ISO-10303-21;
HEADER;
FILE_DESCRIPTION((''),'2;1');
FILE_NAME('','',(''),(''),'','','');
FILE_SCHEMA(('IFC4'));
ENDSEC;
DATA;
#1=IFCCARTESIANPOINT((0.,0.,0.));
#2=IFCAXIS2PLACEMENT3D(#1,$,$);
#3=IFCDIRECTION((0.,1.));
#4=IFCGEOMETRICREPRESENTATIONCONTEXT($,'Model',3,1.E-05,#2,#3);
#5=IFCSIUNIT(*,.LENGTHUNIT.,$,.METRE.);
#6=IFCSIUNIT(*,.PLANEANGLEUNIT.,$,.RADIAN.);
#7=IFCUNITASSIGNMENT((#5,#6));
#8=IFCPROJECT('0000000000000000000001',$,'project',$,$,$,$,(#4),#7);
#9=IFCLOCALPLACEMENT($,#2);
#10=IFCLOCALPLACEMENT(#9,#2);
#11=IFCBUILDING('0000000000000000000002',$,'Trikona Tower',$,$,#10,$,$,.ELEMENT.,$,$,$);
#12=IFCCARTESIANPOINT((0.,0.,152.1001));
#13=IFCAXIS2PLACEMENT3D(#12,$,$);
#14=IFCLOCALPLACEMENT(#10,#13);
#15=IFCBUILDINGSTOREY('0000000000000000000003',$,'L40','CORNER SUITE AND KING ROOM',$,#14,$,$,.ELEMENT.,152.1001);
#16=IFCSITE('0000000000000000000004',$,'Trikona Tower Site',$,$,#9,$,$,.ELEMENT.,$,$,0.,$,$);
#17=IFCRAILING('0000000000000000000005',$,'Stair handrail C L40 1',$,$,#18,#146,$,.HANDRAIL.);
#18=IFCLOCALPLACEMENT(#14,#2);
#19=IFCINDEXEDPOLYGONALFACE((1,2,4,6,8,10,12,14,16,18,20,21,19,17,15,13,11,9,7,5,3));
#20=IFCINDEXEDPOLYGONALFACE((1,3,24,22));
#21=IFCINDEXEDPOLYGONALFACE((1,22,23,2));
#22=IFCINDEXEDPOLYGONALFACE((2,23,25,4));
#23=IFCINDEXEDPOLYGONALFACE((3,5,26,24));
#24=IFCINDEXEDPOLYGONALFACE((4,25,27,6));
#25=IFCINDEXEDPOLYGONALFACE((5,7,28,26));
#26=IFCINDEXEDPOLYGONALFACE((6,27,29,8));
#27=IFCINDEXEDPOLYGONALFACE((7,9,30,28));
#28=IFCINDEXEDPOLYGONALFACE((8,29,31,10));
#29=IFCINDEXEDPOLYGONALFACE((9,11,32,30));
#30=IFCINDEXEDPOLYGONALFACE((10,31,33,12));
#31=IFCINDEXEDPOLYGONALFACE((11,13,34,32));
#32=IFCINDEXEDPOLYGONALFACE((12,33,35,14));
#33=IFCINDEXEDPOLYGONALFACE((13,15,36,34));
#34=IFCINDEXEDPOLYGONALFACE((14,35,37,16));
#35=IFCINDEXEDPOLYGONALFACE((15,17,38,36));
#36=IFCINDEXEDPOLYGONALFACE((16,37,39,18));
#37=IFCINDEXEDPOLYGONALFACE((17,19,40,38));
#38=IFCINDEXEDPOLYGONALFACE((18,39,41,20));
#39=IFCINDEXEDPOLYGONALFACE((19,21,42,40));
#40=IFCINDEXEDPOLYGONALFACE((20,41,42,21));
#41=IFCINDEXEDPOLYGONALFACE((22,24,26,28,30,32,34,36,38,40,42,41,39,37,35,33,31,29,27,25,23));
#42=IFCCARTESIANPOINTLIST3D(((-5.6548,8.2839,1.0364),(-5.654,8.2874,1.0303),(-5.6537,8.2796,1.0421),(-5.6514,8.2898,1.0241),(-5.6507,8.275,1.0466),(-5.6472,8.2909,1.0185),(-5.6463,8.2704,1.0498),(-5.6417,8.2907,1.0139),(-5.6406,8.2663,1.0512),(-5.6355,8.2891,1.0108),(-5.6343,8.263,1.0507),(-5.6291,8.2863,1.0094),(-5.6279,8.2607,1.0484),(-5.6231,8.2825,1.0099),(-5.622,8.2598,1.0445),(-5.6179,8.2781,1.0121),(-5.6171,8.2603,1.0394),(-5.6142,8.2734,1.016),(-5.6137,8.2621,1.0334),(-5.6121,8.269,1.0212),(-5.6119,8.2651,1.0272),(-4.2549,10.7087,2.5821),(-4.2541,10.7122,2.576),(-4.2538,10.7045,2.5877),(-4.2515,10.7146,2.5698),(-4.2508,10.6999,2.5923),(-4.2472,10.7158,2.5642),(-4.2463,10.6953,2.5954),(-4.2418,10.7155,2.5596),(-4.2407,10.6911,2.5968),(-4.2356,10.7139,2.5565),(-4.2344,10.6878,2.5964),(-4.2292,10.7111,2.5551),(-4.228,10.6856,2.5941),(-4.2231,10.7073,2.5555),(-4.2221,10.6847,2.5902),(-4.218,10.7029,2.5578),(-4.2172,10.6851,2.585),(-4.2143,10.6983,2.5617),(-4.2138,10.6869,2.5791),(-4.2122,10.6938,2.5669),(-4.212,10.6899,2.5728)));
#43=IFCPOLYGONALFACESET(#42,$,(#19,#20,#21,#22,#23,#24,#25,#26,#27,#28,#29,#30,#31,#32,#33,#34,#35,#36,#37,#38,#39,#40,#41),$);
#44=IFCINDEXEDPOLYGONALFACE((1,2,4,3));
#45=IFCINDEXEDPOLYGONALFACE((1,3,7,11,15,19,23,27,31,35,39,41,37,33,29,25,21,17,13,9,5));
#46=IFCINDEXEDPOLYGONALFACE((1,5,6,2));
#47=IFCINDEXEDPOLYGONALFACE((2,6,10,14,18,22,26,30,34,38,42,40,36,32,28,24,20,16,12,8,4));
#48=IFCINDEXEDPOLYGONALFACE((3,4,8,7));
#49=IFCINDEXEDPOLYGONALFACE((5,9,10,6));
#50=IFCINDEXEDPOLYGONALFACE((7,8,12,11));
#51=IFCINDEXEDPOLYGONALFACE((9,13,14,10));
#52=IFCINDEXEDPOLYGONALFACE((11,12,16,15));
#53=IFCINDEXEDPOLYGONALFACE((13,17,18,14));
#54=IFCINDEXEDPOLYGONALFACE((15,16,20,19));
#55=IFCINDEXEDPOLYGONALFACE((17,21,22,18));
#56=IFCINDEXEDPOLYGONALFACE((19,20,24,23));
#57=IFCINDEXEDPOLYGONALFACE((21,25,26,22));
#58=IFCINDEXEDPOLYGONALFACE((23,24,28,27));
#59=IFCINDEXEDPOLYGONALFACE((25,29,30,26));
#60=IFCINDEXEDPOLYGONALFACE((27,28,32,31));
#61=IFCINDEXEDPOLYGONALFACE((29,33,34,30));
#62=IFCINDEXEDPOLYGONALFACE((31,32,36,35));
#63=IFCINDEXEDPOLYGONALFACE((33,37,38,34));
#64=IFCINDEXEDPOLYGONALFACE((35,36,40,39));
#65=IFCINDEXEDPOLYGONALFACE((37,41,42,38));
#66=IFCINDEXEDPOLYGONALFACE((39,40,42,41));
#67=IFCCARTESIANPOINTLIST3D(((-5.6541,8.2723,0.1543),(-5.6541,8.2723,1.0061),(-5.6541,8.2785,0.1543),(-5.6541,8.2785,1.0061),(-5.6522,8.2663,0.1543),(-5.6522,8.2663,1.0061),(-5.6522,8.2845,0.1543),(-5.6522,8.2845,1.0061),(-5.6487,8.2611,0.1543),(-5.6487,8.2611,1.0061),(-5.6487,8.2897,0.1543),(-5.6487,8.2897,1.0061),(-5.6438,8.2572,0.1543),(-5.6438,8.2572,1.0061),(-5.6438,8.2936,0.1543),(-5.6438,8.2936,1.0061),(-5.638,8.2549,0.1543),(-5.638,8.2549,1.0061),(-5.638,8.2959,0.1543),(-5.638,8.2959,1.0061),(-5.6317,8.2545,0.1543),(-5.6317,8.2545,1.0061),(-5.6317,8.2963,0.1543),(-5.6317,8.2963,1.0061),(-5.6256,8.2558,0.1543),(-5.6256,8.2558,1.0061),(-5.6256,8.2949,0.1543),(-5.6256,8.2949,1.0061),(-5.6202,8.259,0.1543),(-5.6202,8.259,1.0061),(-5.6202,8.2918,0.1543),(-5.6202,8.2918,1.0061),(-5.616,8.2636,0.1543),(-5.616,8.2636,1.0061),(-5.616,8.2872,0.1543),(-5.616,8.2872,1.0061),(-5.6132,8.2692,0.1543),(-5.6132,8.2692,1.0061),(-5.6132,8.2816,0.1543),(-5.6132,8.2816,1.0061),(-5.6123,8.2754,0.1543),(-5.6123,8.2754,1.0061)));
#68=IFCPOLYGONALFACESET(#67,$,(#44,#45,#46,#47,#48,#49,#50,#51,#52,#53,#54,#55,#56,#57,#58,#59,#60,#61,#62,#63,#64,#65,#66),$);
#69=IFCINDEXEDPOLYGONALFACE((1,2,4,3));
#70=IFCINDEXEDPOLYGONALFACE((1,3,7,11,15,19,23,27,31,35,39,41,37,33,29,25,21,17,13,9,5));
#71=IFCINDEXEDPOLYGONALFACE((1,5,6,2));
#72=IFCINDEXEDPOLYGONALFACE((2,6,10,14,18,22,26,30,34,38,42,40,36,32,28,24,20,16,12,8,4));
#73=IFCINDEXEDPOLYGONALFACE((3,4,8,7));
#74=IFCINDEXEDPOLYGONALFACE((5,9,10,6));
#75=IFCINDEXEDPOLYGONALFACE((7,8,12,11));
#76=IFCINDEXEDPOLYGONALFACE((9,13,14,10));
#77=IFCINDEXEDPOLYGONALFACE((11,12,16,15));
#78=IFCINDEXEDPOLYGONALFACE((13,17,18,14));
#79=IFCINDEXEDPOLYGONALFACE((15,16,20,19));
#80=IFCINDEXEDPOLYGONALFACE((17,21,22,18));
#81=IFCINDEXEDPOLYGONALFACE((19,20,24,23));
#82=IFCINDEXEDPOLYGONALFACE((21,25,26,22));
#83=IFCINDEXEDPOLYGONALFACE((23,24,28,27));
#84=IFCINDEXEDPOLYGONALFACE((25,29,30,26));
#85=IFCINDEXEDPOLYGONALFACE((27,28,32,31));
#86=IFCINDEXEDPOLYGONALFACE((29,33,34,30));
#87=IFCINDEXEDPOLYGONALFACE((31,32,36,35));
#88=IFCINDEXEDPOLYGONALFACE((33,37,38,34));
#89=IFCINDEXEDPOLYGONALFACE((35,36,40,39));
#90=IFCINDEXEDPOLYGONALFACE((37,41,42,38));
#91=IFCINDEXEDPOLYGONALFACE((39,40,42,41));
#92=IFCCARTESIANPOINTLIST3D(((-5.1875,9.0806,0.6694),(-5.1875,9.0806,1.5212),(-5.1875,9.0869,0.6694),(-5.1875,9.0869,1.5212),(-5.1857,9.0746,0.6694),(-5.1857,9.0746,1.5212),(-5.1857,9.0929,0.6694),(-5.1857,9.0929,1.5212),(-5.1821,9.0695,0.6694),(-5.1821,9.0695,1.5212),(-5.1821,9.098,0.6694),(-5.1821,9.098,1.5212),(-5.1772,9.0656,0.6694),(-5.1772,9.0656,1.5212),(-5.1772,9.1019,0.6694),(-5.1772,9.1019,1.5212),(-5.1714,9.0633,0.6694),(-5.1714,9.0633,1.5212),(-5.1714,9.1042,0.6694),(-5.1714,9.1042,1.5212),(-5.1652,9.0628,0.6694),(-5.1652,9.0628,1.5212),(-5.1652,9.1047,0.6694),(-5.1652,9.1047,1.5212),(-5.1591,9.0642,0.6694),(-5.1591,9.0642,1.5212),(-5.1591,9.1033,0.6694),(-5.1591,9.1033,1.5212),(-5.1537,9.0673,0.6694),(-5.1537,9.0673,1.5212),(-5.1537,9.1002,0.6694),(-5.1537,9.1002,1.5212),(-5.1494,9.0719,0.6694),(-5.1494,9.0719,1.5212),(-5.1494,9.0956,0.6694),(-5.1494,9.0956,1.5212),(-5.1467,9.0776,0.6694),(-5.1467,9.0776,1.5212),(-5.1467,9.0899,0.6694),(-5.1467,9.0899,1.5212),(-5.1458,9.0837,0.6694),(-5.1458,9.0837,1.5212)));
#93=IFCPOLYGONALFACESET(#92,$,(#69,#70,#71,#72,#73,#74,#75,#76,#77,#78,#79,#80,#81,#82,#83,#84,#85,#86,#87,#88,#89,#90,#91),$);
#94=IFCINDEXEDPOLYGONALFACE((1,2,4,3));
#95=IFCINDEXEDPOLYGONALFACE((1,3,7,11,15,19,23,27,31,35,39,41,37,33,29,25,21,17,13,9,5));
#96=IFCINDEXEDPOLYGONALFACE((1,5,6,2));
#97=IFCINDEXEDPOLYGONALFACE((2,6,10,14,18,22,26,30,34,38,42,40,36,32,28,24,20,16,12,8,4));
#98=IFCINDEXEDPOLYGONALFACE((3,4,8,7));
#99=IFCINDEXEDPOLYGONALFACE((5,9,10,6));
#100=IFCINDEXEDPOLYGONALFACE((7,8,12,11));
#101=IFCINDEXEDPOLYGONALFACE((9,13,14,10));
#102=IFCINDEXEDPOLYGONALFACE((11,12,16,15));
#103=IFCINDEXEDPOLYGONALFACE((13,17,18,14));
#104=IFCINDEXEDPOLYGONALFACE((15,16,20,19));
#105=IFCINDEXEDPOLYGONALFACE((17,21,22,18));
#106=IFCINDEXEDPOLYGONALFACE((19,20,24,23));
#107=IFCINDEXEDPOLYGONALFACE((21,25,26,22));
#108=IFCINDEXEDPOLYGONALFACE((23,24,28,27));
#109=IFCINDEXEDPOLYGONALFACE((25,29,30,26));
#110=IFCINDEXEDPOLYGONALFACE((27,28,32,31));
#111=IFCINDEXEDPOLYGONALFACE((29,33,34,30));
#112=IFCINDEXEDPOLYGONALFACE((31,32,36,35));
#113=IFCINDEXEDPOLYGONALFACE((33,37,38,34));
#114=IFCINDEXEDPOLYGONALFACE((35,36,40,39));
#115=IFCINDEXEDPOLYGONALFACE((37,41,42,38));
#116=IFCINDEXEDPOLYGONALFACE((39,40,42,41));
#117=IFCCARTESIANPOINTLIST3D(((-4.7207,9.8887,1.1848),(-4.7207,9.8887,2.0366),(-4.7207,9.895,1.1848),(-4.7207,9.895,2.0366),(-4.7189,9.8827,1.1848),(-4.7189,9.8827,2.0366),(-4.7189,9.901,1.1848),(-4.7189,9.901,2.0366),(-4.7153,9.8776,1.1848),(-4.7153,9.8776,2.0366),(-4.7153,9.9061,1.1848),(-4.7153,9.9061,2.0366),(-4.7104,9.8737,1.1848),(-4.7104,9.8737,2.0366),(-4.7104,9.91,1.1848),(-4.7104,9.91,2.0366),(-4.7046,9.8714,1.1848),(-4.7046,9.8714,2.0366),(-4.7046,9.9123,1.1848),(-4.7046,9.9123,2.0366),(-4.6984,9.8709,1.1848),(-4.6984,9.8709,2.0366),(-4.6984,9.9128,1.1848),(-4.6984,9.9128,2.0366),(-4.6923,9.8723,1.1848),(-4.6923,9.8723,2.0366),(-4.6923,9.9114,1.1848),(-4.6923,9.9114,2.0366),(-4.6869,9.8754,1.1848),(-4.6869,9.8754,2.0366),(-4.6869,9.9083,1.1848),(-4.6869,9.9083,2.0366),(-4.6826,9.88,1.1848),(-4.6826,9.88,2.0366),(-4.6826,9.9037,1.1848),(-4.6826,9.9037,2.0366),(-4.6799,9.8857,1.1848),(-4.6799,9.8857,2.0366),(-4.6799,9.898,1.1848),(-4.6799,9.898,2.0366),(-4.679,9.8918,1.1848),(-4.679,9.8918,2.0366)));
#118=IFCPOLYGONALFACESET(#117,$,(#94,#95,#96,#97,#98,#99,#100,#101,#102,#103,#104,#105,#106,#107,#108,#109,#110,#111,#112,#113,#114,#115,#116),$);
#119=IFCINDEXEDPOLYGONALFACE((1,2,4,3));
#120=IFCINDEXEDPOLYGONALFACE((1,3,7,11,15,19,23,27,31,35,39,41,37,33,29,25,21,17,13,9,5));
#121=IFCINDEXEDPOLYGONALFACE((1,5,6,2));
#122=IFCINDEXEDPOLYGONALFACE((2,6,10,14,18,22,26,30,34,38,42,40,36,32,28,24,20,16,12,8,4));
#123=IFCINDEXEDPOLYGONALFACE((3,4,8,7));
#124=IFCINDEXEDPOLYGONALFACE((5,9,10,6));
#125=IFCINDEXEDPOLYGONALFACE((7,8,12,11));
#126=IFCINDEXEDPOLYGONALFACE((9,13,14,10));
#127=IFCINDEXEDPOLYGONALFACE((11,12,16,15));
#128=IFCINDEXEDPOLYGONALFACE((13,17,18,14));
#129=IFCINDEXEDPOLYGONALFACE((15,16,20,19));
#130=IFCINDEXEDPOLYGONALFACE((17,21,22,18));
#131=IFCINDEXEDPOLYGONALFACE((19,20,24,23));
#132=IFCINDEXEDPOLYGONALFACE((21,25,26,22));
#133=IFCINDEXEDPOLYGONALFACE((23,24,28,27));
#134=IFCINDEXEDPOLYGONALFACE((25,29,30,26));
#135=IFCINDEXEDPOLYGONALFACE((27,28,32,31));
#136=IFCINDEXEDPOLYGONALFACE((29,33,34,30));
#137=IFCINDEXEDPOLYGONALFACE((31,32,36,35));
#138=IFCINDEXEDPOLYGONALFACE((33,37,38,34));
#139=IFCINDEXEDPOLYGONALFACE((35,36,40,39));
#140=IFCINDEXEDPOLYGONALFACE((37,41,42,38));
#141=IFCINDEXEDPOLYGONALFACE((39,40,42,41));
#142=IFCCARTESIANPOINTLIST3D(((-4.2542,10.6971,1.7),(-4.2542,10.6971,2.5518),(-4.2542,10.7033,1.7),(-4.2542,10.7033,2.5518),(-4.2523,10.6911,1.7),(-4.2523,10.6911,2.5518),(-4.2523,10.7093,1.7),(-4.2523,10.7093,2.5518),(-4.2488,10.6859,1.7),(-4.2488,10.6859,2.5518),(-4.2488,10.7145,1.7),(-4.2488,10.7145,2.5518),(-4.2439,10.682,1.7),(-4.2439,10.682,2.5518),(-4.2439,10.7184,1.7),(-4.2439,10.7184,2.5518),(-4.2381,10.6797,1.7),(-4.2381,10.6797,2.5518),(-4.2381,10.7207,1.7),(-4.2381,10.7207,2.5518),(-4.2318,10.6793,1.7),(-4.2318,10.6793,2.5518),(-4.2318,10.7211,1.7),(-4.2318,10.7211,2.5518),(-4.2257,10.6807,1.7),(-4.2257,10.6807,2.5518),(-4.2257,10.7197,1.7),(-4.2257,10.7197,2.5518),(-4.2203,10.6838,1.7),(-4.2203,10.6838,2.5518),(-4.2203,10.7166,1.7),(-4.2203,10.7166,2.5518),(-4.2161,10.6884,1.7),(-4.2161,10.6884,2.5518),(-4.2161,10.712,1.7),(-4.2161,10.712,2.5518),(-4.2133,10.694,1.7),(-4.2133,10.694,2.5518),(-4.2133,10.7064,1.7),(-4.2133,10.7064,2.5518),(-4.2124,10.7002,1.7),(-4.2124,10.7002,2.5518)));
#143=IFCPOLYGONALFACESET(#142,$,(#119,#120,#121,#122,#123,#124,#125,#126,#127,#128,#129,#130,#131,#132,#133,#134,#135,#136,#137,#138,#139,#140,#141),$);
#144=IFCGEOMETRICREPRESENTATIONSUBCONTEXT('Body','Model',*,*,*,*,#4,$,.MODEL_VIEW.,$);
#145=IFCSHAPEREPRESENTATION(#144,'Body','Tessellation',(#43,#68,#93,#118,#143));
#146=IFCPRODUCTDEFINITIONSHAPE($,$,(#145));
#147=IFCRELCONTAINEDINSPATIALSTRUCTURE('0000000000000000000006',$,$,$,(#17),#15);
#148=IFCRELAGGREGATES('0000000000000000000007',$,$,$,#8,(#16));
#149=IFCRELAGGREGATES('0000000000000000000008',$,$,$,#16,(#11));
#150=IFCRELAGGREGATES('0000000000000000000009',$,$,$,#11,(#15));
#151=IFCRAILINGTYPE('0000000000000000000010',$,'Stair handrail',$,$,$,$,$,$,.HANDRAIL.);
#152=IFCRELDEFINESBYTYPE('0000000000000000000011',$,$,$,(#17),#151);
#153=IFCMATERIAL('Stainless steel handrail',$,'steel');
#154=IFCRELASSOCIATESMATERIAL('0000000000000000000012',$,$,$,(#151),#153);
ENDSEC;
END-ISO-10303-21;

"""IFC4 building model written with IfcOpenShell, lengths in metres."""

from ifc_helpers import new_model, si_unit, direction, frame, origin, origin_2d, place, context, subcontext, project, spatial, circle, extrude, material, type_object, element, save


model = new_model("IFC4")

# Units and contexts
model_context = context("Model", 3, precision=1e-05, world=origin(), true_north=direction((0.0, 1.0)))
body_context = subcontext(model_context, "Body", "Model", "MODEL_VIEW")
ifc_project = project(units=[si_unit("LENGTHUNIT", "METRE"), si_unit("PLANEANGLEUNIT", "RADIAN")], contexts=[model_context])

# Site, building, storey
site_placement = place(None, origin())
site = spatial("IfcSite", under=ifc_project, at=site_placement, Name="Trikona Tower Site", CompositionType="ELEMENT", RefElevation=0.0)
building_placement = place(site_placement, origin())
building = spatial("IfcBuilding", under=site, at=building_placement, Name="Trikona Tower", CompositionType="ELEMENT")
storey_placement = place(building_placement, frame((0.0, 0.0, 152.1001)))
storey = spatial("IfcBuildingStorey", under=building, at=storey_placement, Name="L40", Description="CORNER SUITE AND KING ROOM", CompositionType="ELEMENT", Elevation=152.1001)

# Railing
ifc_material_1 = material(Name="Stainless steel handrail", Category="steel")
railing_type = type_object("IfcRailingType", Name="Stair handrail", PredefinedType="HANDRAIL", material=ifc_material_1)
railing_1_placement = place(storey_placement, frame((-5.6333, 8.2754, 0.1543)))
element("IfcRailing", 1, at=railing_1_placement, inside=storey, type_object=railing_type, Name="Stair handrail C L40 1", PredefinedType="HANDRAIL", context=body_context, shape_type="SweptSolid", body=[
    extrude(circle(Radius=0.0239, at=origin_2d()), frame((0.0, 0.0, 0.876), z_axis=(0.437716, 0.758179, 0.48329), x_axis=(-0.866035, 0.499984, 0.0)), (0.0, 0.0, 1.0), 3.1982),
    extrude(circle(Radius=0.021, at=origin_2d()), origin(), (0.0, 0.0, 1.0), 0.8518),
    extrude(circle(Radius=0.021, at=origin_2d()), frame((0.4666, 0.8083, 0.5151)), (0.0, 0.0, 1.0), 0.8518),
    extrude(circle(Radius=0.021, at=origin_2d()), frame((0.9333, 1.6165, 1.0305)), (0.0, 0.0, 1.0), 0.8518),
    extrude(circle(Radius=0.021, at=origin_2d()), frame((1.3999, 2.4248, 1.5457)), (0.0, 0.0, 1.0), 0.8518),
])

save(model, "model.ifc")
